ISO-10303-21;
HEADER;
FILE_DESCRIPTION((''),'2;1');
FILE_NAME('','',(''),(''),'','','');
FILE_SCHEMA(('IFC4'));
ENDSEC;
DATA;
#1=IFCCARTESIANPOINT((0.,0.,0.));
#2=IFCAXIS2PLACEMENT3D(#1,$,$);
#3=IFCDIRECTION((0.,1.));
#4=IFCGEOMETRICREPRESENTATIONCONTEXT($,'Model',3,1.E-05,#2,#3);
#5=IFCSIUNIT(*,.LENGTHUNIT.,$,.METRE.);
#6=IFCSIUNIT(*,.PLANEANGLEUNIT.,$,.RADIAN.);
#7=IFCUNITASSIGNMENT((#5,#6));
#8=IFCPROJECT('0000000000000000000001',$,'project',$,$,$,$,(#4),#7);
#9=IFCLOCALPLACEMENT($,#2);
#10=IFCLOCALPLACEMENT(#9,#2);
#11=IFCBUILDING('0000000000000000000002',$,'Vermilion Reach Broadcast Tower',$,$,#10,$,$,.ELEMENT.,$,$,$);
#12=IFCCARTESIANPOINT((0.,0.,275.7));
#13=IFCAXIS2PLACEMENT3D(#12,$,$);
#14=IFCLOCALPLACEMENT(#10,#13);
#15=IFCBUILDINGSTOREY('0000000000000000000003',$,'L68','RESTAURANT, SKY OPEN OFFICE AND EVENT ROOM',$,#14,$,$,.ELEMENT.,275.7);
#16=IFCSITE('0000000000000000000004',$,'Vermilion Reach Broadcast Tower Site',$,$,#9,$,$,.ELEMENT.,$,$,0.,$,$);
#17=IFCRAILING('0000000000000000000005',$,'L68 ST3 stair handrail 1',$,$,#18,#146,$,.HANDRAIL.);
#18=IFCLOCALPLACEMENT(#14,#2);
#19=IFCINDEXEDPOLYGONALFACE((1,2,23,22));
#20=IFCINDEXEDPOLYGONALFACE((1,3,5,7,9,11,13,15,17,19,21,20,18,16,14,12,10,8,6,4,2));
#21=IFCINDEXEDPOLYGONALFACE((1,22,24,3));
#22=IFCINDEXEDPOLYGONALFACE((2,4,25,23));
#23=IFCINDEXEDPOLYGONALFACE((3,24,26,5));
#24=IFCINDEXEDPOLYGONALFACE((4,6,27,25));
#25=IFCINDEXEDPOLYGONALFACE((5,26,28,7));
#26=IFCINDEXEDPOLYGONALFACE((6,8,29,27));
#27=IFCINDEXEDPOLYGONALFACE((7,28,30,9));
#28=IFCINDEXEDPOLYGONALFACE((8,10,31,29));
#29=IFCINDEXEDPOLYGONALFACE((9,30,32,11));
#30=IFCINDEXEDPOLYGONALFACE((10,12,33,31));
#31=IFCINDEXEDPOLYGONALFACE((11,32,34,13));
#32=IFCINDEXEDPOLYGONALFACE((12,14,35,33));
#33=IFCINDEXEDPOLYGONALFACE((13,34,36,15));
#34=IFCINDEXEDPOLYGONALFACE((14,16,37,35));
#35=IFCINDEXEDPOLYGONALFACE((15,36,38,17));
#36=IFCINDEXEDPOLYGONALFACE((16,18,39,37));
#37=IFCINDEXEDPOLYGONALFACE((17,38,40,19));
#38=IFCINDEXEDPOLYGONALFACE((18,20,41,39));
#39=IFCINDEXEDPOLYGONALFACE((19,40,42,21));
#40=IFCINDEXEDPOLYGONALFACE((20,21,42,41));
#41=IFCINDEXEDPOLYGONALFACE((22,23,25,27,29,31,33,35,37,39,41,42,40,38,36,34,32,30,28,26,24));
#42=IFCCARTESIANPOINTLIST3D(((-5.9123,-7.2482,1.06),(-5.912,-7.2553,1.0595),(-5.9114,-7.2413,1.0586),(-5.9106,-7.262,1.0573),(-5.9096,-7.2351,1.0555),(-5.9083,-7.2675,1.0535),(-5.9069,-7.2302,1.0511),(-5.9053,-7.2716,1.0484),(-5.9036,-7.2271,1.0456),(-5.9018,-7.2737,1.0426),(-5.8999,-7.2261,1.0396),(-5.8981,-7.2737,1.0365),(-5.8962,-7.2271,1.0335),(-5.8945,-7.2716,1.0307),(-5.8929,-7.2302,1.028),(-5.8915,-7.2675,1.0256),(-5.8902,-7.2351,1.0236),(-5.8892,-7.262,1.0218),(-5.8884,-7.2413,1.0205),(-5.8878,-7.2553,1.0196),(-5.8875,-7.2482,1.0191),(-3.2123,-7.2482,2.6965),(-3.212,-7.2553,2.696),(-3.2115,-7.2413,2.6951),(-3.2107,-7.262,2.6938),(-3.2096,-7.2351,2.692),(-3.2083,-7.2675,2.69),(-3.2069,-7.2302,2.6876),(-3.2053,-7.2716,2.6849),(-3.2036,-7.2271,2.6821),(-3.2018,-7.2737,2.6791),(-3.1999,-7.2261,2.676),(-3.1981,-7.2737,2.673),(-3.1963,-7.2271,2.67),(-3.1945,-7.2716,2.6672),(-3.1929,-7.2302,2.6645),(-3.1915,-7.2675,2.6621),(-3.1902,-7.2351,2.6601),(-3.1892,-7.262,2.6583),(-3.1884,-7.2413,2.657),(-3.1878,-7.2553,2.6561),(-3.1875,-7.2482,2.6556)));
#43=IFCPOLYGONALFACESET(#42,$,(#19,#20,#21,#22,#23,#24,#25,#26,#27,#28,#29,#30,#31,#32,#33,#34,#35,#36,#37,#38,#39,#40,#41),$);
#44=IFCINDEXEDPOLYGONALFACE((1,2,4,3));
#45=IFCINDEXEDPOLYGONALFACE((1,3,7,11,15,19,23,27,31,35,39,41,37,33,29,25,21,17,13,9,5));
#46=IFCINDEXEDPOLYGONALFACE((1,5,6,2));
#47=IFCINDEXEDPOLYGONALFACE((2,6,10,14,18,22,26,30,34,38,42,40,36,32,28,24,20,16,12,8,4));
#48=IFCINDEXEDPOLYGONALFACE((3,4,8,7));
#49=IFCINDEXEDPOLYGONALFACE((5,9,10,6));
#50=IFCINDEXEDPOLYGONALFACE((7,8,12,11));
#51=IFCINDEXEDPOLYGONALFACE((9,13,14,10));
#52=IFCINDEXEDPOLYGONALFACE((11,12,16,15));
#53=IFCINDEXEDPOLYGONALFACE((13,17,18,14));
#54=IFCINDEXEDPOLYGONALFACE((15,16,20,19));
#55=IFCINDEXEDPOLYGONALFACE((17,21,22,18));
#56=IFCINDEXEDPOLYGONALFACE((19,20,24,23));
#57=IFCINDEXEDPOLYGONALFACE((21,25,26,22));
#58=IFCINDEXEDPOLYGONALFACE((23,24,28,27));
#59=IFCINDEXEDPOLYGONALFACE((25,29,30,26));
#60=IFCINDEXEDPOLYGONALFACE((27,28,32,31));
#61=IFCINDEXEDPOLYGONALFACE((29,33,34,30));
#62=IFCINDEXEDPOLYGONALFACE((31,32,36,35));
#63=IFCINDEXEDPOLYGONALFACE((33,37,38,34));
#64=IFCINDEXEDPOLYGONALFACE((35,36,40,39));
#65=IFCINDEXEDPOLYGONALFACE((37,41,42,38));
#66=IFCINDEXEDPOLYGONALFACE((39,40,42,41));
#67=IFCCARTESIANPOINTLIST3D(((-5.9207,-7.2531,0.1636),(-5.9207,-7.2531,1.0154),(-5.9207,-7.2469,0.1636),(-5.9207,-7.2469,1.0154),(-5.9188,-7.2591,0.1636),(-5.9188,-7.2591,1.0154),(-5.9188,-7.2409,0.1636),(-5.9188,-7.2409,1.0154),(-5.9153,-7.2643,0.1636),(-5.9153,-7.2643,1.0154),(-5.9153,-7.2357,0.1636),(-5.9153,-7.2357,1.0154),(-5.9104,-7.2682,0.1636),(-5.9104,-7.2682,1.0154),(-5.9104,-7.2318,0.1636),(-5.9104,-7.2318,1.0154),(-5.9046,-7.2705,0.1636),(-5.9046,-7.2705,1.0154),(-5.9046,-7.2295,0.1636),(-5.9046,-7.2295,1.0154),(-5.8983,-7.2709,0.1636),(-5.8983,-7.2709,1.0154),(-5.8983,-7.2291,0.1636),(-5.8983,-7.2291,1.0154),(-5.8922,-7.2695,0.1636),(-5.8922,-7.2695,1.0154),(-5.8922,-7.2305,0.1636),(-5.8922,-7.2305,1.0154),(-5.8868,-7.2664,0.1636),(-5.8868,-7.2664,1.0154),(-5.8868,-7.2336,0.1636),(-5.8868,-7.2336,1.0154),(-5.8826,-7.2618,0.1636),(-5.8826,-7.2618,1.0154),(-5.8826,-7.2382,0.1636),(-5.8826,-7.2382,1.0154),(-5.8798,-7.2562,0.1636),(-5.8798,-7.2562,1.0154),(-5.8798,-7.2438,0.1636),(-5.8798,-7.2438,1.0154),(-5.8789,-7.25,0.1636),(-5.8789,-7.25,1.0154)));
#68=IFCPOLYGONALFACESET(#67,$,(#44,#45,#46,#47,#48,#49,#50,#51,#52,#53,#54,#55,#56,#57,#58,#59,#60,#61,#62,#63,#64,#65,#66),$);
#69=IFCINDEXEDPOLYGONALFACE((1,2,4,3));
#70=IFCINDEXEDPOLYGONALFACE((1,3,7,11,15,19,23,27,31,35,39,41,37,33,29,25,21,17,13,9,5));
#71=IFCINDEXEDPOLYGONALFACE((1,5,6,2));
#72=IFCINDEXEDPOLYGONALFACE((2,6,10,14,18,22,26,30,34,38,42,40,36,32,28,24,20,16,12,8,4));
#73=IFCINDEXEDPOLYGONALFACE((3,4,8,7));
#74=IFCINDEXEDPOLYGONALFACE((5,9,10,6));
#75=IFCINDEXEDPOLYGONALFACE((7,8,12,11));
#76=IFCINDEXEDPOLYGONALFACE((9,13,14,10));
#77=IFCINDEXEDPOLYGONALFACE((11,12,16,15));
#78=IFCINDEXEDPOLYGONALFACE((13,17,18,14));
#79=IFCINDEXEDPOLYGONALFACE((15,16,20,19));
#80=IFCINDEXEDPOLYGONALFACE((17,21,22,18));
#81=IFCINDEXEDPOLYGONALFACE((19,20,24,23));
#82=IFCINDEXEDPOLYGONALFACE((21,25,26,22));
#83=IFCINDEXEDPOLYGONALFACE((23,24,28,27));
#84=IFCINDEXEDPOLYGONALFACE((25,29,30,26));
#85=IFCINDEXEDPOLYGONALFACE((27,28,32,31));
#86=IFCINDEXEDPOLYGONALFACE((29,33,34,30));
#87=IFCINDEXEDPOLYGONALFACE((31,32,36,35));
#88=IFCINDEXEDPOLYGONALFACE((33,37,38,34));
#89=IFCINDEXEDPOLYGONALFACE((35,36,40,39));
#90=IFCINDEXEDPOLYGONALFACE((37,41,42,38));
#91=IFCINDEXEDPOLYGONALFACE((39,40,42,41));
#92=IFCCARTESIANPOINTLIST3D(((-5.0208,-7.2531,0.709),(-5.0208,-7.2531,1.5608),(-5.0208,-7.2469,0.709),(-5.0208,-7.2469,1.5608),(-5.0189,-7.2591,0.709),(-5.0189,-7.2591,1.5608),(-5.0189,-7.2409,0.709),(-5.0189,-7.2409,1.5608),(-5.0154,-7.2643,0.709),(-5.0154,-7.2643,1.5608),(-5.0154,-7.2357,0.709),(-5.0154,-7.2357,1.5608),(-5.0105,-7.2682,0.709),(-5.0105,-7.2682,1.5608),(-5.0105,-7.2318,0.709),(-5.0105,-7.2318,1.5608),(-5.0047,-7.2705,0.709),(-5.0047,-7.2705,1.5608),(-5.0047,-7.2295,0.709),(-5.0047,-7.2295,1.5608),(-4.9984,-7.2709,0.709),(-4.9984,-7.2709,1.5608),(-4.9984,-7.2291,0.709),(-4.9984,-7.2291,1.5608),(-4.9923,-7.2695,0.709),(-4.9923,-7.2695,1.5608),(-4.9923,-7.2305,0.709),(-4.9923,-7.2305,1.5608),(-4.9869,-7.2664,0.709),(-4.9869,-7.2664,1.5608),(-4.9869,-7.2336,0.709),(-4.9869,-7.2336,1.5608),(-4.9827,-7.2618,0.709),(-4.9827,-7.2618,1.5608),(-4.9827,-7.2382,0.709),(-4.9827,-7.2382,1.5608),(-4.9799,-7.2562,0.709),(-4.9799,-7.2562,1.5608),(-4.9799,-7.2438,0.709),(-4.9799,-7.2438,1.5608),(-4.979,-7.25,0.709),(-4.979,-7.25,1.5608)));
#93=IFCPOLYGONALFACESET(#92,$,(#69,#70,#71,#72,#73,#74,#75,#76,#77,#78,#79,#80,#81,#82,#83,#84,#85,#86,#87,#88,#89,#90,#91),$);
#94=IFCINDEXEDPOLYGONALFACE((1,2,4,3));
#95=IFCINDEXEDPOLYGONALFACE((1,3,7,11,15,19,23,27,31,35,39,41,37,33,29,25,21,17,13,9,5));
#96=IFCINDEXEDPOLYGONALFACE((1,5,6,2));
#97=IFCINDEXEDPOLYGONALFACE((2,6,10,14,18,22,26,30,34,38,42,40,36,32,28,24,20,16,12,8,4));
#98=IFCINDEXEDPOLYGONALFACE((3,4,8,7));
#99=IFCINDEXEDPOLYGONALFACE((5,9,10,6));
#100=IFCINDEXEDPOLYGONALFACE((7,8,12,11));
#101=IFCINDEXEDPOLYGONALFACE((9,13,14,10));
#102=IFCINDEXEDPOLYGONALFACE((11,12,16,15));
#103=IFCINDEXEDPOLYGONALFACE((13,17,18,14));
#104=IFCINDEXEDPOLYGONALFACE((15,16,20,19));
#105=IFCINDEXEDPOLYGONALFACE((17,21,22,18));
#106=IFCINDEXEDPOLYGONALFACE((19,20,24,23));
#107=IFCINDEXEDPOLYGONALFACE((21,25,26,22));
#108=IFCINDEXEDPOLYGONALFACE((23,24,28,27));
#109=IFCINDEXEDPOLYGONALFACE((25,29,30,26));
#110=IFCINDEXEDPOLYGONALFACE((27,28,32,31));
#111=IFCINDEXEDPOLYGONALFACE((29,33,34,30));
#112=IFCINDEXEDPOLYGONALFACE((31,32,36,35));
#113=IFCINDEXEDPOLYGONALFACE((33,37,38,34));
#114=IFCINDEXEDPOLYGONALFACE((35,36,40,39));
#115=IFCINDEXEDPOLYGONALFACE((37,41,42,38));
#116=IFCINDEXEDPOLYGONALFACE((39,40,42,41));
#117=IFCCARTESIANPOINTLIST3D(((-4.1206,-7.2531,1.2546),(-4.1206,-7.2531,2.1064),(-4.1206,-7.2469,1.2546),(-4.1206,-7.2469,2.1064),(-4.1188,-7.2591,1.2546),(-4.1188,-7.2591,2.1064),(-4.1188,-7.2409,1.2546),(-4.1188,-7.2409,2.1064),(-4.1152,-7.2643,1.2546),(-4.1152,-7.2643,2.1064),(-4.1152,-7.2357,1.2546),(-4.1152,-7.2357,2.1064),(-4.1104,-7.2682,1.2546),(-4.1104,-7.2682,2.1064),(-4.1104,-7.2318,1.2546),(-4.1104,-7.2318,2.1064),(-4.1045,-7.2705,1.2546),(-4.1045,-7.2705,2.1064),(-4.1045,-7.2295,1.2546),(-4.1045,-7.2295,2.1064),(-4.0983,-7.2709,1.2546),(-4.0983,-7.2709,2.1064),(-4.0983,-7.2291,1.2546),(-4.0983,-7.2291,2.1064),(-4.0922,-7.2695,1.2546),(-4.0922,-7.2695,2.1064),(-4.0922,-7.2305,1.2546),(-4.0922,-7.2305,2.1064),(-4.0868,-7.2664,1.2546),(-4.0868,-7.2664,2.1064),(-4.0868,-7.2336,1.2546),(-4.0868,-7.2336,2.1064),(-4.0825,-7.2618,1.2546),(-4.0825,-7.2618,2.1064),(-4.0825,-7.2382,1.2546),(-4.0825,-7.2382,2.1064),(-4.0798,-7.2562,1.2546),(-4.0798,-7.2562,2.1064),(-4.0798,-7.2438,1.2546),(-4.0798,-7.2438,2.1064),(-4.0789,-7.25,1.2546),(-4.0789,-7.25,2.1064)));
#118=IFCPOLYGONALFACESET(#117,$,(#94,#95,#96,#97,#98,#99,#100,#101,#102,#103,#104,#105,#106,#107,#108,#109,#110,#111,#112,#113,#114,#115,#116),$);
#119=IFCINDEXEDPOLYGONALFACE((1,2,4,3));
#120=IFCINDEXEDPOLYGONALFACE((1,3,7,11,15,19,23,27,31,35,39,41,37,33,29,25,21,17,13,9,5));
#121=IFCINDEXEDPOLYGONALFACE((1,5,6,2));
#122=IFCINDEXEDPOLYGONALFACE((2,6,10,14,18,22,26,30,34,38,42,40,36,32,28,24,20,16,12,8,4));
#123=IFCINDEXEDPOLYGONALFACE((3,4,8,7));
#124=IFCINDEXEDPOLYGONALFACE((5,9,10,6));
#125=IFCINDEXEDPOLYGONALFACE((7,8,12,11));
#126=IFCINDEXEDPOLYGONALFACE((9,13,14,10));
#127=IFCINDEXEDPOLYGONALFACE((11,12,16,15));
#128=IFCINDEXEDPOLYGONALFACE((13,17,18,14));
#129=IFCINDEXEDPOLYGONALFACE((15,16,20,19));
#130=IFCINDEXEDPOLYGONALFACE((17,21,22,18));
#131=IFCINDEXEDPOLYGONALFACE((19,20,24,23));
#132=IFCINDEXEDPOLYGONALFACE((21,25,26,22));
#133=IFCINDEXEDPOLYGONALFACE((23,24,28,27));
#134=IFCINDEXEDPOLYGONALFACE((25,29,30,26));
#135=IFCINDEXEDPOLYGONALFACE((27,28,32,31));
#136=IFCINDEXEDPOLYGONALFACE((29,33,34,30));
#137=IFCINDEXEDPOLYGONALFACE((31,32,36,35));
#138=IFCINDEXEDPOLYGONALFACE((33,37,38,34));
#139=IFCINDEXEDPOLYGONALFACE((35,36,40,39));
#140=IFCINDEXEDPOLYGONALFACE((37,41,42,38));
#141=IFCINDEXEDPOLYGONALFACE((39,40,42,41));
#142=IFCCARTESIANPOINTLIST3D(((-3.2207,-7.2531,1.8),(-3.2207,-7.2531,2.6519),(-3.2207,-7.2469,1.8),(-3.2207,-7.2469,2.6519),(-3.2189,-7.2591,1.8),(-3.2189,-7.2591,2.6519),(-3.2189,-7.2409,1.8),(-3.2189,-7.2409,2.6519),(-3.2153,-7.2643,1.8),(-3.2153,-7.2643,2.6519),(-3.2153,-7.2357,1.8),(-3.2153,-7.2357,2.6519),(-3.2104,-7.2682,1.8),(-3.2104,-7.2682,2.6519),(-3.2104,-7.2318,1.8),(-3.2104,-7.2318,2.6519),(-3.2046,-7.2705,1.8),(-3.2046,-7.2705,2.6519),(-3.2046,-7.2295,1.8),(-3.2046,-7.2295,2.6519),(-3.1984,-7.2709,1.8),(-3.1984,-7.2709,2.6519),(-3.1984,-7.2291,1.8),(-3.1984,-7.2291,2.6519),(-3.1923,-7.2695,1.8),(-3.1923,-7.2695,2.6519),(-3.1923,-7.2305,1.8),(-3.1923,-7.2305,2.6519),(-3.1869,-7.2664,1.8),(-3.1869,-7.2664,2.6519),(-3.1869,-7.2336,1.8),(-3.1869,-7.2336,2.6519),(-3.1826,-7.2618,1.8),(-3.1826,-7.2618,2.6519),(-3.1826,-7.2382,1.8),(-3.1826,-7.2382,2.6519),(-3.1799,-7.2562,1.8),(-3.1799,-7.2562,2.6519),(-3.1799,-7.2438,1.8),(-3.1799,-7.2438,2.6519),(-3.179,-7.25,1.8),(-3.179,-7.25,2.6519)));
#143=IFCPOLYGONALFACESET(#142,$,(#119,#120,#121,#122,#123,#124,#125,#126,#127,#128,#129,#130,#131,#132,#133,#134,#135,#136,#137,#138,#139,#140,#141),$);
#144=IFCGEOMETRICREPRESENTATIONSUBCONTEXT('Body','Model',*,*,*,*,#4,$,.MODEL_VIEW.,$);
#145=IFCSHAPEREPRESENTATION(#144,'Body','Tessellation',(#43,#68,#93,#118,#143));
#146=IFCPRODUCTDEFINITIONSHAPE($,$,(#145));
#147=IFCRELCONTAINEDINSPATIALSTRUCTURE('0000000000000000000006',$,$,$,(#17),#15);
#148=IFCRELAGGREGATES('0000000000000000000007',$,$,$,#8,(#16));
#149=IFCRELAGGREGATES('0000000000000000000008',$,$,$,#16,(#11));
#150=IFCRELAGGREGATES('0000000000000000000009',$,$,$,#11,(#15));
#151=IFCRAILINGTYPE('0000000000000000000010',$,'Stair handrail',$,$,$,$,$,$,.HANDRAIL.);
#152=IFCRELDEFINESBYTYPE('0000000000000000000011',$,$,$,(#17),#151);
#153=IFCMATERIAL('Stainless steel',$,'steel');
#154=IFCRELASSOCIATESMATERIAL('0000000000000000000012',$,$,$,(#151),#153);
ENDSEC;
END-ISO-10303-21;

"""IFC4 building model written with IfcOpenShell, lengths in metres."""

from ifc_helpers import new_model, si_unit, direction, frame, origin, origin_2d, place, context, subcontext, project, spatial, circle, extrude, material, type_object, element, save


model = new_model("IFC4")

# Units and contexts
model_context = context("Model", 3, precision=1e-05, world=origin(), true_north=direction((0.0, 1.0)))
body_context = subcontext(model_context, "Body", "Model", "MODEL_VIEW")
ifc_project = project(units=[si_unit("LENGTHUNIT", "METRE"), si_unit("PLANEANGLEUNIT", "RADIAN")], contexts=[model_context])

# Site, building, storey
site_placement = place(None, origin())
site = spatial("IfcSite", under=ifc_project, at=site_placement, Name="Vermilion Reach Broadcast Tower Site", CompositionType="ELEMENT", RefElevation=0.0)
building_placement = place(site_placement, origin())
building = spatial("IfcBuilding", under=site, at=building_placement, Name="Vermilion Reach Broadcast Tower", CompositionType="ELEMENT")
storey_placement = place(building_placement, frame((0.0, 0.0, 275.7)))
storey = spatial("IfcBuildingStorey", under=building, at=storey_placement, Name="L68", Description="RESTAURANT, SKY OPEN OFFICE AND EVENT ROOM", CompositionType="ELEMENT", Elevation=275.7)

# Railing
ifc_material_1 = material(Name="Stainless steel", Category="steel")
railing_type_1 = type_object("IfcRailingType", Name="Stair handrail", PredefinedType="HANDRAIL", material=ifc_material_1)
railing_1_placement = place(storey_placement, frame((-5.8999, -7.25, 0.1636)))
element("IfcRailing", 1, at=railing_1_placement, inside=storey, type_object=railing_type_1, Name="L68 ST3 stair handrail 1", PredefinedType="HANDRAIL", context=body_context, shape_type="SweptSolid", body=[
    extrude(circle(Radius=0.0239, at=origin_2d()), frame((0.0, 0.0, 0.876), z_axis=(0.855178, 0.0, 0.518334), x_axis=(0.0, 1.0, 0.0)), (0.0, 0.0, 1.0), 3.1572),
    extrude(circle(Radius=0.021, at=origin_2d()), origin(), (0.0, 0.0, 1.0), 0.8518),
    extrude(circle(Radius=0.021, at=origin_2d()), frame((0.8999, 0.0, 0.5454)), (0.0, 0.0, 1.0), 0.8518),
    extrude(circle(Radius=0.021, at=origin_2d()), frame((1.8, 0.0, 1.0911)), (0.0, 0.0, 1.0), 0.8518),
    extrude(circle(Radius=0.021, at=origin_2d()), frame((2.7, 0.0, 1.6365)), (0.0, 0.0, 1.0), 0.8518),
])

save(model, "model.ifc")
